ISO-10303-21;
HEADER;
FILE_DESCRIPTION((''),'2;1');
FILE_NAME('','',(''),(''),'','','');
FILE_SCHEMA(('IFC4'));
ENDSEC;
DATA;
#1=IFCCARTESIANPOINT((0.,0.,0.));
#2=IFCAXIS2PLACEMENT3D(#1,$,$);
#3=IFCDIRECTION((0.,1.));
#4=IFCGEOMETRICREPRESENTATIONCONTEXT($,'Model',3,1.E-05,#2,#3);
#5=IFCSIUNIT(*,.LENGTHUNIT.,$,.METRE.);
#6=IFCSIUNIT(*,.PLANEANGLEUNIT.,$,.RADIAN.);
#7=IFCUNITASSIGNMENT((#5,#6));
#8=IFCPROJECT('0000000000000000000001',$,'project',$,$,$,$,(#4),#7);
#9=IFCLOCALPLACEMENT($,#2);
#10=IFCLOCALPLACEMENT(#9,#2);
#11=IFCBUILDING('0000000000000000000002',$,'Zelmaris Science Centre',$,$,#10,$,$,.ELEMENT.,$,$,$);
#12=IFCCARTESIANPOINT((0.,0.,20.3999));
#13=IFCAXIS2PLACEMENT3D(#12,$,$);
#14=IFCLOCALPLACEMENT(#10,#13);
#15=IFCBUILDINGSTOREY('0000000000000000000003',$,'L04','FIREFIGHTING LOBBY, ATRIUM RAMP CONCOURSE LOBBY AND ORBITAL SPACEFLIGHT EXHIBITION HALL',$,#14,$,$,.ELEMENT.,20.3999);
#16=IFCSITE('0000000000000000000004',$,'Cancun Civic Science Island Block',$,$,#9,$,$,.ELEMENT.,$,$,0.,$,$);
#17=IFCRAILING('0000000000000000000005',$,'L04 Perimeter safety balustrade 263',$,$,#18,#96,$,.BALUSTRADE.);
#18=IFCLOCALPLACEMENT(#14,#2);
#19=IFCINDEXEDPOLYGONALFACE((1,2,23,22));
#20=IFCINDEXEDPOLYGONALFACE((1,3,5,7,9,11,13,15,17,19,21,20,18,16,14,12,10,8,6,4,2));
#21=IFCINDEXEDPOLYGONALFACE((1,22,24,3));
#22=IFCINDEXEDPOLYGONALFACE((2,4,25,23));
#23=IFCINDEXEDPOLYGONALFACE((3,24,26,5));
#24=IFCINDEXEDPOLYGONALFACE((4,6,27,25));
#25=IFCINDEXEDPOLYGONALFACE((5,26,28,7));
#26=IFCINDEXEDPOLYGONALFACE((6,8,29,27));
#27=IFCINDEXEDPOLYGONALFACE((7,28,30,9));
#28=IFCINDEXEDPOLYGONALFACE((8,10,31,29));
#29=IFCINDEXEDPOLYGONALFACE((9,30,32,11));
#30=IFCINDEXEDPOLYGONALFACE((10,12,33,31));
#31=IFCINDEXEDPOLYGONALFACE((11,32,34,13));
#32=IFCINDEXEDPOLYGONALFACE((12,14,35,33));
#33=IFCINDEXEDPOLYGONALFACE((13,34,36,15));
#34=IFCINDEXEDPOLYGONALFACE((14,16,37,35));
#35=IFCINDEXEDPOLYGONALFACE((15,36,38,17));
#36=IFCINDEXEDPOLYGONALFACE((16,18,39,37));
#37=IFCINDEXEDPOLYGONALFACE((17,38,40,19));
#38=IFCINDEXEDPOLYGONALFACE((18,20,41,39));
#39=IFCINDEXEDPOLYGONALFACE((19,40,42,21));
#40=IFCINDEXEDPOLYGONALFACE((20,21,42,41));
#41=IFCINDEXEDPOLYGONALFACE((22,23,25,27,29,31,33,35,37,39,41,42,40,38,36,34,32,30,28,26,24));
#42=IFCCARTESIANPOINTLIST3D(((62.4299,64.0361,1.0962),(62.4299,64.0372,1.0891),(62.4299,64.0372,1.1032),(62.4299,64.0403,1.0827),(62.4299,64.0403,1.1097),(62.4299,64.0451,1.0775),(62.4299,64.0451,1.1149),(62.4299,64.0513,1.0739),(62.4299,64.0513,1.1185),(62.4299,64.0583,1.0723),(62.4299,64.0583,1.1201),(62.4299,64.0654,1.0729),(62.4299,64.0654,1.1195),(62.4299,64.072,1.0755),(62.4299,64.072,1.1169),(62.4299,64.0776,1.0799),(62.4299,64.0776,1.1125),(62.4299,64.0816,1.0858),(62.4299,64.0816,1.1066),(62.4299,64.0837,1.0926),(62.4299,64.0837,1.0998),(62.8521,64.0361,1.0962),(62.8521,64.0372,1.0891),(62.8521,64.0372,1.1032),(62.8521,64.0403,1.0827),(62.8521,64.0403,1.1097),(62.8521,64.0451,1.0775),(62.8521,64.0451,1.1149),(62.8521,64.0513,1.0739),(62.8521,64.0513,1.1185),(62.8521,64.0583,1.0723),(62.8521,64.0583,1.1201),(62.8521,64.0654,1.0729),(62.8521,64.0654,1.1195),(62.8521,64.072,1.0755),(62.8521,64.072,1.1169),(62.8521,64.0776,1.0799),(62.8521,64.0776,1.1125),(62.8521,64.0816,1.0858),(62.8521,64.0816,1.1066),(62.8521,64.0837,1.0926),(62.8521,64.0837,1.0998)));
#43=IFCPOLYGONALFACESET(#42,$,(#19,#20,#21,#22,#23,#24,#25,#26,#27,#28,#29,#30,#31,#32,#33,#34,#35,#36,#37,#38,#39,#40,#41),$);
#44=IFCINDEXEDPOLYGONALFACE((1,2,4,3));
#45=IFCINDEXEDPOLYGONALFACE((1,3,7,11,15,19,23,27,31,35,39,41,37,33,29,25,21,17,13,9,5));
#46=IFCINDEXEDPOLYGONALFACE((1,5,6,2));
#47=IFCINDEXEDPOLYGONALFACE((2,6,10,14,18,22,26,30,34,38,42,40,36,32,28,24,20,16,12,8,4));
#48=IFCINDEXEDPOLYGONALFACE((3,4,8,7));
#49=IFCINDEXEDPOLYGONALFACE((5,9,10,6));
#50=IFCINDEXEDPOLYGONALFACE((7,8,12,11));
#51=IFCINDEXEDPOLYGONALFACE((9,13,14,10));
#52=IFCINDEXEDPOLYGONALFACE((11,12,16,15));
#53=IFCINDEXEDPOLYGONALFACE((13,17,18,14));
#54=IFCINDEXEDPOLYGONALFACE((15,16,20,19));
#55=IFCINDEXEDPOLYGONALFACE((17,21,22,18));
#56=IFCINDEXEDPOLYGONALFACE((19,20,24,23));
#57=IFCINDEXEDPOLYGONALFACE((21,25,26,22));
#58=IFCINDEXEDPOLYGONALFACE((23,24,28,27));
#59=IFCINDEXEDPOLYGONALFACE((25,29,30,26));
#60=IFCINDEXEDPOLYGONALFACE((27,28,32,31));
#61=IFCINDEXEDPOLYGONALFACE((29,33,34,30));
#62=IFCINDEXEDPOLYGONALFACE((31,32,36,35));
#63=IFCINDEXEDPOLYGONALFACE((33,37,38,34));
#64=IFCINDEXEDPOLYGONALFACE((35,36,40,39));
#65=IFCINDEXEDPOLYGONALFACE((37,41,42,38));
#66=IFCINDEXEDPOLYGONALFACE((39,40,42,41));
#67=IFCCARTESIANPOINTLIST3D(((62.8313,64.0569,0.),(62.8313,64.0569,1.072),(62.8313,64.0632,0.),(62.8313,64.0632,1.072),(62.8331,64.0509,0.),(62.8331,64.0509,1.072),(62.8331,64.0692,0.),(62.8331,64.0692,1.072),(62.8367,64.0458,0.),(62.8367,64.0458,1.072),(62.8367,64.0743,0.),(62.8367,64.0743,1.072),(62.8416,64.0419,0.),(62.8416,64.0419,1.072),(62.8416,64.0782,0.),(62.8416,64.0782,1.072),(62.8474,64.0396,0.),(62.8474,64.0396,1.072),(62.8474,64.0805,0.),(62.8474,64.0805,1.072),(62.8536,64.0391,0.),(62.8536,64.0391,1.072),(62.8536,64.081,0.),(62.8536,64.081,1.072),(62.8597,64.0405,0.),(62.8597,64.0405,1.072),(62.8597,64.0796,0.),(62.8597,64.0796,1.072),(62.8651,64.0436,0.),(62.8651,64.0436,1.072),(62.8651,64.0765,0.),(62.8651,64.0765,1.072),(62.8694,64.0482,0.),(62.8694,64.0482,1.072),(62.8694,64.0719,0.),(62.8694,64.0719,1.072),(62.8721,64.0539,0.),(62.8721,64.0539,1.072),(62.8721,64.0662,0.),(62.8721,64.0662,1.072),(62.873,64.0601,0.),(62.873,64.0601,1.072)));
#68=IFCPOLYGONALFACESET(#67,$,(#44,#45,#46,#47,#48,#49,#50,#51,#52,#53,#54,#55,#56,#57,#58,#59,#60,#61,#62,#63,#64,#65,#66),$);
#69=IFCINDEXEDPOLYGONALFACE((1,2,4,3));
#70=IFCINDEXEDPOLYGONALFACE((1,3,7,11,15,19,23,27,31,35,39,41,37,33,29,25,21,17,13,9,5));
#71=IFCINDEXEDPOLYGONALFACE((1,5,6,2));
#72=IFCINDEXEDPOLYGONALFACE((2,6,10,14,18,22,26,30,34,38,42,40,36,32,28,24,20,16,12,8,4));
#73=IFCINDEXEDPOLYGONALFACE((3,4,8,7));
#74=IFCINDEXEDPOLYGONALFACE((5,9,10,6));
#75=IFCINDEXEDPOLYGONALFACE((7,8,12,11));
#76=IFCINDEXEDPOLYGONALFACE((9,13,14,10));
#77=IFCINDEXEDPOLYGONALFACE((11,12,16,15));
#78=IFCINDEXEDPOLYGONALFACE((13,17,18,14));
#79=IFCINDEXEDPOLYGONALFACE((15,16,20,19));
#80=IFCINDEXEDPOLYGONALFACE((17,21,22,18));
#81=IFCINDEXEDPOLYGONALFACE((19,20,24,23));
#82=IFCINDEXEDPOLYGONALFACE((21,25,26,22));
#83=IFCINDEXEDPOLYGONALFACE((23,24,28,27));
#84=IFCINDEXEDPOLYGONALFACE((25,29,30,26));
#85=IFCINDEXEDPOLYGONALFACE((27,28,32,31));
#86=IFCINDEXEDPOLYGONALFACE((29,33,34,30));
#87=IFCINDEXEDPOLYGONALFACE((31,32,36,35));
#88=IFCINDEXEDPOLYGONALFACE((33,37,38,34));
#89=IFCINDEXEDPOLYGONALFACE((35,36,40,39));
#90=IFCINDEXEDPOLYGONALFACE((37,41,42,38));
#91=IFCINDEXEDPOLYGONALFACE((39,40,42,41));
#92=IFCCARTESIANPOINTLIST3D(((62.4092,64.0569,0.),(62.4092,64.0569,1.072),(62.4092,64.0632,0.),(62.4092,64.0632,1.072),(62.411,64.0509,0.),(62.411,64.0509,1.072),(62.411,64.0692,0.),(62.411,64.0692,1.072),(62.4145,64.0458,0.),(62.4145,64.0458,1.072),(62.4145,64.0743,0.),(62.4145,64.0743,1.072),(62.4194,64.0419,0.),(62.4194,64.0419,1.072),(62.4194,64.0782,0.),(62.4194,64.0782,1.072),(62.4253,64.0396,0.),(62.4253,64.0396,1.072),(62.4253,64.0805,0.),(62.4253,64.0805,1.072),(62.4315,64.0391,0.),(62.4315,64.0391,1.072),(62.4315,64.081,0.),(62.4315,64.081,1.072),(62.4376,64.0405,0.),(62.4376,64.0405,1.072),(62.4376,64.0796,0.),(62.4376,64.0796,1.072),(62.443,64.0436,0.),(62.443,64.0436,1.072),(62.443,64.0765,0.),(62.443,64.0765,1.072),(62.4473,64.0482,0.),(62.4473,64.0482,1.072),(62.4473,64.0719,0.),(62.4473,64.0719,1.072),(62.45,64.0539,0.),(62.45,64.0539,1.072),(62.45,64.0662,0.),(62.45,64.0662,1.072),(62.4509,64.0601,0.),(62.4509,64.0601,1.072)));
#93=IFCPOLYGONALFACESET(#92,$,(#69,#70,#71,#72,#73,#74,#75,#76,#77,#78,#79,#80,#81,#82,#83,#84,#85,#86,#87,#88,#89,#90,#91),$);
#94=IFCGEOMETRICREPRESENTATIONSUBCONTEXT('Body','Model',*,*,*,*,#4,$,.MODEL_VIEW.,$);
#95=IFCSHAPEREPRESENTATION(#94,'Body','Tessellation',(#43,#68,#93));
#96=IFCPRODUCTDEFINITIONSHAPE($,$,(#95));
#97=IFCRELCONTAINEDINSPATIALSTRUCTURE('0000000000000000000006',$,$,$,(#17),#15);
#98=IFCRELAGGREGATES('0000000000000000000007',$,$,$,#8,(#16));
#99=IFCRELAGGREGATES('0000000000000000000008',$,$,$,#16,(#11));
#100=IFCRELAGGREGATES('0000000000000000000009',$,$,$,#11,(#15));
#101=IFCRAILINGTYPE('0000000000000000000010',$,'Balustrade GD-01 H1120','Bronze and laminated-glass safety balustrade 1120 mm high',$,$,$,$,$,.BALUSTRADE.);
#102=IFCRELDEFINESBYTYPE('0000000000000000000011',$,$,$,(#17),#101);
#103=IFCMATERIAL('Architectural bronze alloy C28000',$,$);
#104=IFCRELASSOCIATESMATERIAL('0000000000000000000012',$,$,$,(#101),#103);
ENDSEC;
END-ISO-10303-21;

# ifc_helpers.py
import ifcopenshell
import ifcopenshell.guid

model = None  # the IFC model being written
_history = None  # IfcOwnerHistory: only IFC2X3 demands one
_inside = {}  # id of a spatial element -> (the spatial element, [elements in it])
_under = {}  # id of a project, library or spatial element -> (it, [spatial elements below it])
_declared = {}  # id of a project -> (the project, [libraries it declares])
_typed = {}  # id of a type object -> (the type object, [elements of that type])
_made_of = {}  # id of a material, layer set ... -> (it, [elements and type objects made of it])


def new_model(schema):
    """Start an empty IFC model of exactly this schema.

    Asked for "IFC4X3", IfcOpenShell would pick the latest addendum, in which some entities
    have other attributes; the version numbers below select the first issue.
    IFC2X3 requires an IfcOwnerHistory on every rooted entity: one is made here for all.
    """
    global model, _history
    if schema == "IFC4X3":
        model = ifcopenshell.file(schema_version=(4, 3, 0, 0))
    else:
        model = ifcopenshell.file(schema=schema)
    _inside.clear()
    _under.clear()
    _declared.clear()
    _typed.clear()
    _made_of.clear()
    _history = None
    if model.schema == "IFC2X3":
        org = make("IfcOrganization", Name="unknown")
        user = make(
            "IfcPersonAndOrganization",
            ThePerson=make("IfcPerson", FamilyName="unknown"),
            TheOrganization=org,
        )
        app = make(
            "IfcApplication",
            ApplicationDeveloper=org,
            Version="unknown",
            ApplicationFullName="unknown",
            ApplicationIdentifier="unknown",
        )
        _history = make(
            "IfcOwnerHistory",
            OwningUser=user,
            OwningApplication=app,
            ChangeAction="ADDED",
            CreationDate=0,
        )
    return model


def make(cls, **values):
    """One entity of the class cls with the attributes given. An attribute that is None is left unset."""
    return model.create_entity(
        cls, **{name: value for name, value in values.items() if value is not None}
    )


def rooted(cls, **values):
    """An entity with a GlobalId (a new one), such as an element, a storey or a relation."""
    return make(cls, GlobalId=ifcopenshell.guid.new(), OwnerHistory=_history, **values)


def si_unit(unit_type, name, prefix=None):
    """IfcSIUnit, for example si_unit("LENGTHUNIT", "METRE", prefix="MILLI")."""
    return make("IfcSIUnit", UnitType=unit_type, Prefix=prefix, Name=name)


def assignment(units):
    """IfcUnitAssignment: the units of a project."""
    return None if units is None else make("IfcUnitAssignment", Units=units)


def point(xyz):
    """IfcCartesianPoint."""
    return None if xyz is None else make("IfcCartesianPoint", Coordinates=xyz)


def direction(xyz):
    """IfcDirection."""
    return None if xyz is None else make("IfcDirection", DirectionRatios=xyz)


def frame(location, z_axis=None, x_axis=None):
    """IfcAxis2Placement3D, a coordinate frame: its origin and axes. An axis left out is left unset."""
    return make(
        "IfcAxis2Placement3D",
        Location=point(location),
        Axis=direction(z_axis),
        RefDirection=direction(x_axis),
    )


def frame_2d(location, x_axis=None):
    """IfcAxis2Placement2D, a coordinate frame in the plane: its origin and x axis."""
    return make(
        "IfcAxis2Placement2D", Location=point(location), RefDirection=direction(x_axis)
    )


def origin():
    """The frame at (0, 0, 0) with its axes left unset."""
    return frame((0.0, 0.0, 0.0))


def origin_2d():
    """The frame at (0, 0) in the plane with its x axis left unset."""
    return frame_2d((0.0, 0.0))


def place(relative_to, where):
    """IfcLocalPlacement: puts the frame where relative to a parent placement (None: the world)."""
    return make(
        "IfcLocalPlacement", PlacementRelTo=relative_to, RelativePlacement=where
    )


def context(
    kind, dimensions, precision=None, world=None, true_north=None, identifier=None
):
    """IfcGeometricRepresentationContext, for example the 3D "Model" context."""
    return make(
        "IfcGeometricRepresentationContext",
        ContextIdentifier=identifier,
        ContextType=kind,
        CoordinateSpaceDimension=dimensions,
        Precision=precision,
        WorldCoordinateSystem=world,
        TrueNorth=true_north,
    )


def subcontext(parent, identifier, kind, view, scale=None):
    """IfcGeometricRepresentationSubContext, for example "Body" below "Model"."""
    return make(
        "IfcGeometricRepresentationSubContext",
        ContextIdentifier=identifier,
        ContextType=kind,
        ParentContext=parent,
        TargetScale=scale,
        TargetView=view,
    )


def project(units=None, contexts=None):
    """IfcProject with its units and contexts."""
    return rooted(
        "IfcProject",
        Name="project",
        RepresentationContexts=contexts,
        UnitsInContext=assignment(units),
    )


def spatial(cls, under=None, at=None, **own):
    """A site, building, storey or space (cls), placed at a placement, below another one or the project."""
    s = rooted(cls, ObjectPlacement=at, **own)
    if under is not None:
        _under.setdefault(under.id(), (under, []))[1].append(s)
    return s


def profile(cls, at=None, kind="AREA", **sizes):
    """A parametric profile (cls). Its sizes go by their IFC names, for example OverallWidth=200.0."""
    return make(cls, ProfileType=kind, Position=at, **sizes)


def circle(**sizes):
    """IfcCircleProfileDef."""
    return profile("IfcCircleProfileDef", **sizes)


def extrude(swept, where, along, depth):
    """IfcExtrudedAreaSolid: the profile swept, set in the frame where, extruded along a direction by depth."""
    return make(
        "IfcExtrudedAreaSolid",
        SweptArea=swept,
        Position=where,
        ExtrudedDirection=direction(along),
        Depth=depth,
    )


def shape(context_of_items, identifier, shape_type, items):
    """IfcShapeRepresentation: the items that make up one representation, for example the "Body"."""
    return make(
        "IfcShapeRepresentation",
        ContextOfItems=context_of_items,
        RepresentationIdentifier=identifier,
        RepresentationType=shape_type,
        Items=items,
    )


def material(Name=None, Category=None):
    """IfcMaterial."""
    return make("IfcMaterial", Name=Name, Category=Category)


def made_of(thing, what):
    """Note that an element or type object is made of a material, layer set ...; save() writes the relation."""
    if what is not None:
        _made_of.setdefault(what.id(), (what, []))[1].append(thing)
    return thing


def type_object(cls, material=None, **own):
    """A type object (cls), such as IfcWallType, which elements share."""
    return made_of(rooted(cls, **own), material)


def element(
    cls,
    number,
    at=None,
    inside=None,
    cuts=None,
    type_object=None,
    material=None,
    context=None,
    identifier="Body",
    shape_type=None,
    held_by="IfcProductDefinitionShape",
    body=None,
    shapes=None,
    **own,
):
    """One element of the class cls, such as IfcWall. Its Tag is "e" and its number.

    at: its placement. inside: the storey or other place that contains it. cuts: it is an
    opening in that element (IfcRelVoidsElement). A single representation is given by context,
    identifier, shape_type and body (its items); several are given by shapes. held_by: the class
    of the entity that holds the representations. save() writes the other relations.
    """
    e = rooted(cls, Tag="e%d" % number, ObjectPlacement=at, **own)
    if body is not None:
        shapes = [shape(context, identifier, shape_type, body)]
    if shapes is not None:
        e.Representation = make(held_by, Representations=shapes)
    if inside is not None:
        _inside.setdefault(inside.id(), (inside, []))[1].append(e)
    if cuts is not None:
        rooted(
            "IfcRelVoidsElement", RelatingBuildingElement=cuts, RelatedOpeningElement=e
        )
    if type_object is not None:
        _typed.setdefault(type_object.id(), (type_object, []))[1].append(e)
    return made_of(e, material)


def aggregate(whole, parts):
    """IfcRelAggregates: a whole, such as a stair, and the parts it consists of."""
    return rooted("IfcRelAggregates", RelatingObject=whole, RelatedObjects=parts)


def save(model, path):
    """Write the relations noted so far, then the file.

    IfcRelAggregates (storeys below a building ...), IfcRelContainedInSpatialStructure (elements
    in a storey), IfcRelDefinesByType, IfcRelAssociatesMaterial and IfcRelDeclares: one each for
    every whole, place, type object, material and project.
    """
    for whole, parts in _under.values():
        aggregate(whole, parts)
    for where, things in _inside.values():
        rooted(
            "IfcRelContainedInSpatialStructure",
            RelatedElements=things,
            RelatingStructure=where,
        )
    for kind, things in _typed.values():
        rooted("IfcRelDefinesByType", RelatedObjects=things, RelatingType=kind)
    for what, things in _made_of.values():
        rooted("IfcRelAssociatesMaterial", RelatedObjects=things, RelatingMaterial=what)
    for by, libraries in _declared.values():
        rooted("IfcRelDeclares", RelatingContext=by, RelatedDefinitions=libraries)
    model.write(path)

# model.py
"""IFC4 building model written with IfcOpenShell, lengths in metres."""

from ifc_helpers import new_model, si_unit, direction, frame, origin, origin_2d, place, context, subcontext, project, spatial, circle, extrude, material, type_object, element, save


model = new_model("IFC4")

# Units and contexts
model_context = context("Model", 3, precision=1e-05, world=origin(), true_north=direction((0.0, 1.0)))
body_context = subcontext(model_context, "Body", "Model", "MODEL_VIEW")
ifc_project = project(units=[si_unit("LENGTHUNIT", "METRE"), si_unit("PLANEANGLEUNIT", "RADIAN")], contexts=[model_context])

# Site, building, storey
site_placement = place(None, origin())
site = spatial("IfcSite", under=ifc_project, at=site_placement, Name="Cancun Civic Science Island Block", CompositionType="ELEMENT", RefElevation=0.0)
building_placement = place(site_placement, origin())
building = spatial("IfcBuilding", under=site, at=building_placement, Name="Zelmaris Science Centre", CompositionType="ELEMENT")
storey_placement = place(building_placement, frame((0.0, 0.0, 20.3999)))
storey = spatial("IfcBuildingStorey", under=building, at=storey_placement, Name="L04", Description="FIREFIGHTING LOBBY, ATRIUM RAMP CONCOURSE LOBBY AND ORBITAL SPACEFLIGHT EXHIBITION HALL", CompositionType="ELEMENT", Elevation=20.3999)

# Railing
ifc_material_1 = material(Name="Architectural bronze alloy C28000")
railing_type = type_object("IfcRailingType", Name="Balustrade GD-01 H1120", Description="Bronze and laminated-glass safety balustrade 1120 mm high", PredefinedType="BALUSTRADE", material=ifc_material_1)
railing_placement = place(storey_placement, frame((62.8521, 64.0601, 0.0)))
element("IfcRailing", 1, at=railing_placement, inside=storey, type_object=railing_type, Name="L04 Perimeter safety balustrade 263", PredefinedType="BALUSTRADE", context=body_context, shape_type="SweptSolid", body=[
    extrude(circle(Radius=0.0239, at=origin_2d()), frame((0.0, 0.0, 1.0962), z_axis=(-1.0, 0.0, 0.0), x_axis=(0.0, -1.0, 0.0)), (0.0, 0.0, 1.0), 0.4221),
    extrude(circle(Radius=0.021, at=origin_2d()), origin(), (0.0, 0.0, 1.0), 1.072),
    extrude(circle(Radius=0.021, at=origin_2d()), frame((-0.4221, 0.0, 0.0)), (0.0, 0.0, 1.0), 1.072),
])

save(model, "model.ifc")
